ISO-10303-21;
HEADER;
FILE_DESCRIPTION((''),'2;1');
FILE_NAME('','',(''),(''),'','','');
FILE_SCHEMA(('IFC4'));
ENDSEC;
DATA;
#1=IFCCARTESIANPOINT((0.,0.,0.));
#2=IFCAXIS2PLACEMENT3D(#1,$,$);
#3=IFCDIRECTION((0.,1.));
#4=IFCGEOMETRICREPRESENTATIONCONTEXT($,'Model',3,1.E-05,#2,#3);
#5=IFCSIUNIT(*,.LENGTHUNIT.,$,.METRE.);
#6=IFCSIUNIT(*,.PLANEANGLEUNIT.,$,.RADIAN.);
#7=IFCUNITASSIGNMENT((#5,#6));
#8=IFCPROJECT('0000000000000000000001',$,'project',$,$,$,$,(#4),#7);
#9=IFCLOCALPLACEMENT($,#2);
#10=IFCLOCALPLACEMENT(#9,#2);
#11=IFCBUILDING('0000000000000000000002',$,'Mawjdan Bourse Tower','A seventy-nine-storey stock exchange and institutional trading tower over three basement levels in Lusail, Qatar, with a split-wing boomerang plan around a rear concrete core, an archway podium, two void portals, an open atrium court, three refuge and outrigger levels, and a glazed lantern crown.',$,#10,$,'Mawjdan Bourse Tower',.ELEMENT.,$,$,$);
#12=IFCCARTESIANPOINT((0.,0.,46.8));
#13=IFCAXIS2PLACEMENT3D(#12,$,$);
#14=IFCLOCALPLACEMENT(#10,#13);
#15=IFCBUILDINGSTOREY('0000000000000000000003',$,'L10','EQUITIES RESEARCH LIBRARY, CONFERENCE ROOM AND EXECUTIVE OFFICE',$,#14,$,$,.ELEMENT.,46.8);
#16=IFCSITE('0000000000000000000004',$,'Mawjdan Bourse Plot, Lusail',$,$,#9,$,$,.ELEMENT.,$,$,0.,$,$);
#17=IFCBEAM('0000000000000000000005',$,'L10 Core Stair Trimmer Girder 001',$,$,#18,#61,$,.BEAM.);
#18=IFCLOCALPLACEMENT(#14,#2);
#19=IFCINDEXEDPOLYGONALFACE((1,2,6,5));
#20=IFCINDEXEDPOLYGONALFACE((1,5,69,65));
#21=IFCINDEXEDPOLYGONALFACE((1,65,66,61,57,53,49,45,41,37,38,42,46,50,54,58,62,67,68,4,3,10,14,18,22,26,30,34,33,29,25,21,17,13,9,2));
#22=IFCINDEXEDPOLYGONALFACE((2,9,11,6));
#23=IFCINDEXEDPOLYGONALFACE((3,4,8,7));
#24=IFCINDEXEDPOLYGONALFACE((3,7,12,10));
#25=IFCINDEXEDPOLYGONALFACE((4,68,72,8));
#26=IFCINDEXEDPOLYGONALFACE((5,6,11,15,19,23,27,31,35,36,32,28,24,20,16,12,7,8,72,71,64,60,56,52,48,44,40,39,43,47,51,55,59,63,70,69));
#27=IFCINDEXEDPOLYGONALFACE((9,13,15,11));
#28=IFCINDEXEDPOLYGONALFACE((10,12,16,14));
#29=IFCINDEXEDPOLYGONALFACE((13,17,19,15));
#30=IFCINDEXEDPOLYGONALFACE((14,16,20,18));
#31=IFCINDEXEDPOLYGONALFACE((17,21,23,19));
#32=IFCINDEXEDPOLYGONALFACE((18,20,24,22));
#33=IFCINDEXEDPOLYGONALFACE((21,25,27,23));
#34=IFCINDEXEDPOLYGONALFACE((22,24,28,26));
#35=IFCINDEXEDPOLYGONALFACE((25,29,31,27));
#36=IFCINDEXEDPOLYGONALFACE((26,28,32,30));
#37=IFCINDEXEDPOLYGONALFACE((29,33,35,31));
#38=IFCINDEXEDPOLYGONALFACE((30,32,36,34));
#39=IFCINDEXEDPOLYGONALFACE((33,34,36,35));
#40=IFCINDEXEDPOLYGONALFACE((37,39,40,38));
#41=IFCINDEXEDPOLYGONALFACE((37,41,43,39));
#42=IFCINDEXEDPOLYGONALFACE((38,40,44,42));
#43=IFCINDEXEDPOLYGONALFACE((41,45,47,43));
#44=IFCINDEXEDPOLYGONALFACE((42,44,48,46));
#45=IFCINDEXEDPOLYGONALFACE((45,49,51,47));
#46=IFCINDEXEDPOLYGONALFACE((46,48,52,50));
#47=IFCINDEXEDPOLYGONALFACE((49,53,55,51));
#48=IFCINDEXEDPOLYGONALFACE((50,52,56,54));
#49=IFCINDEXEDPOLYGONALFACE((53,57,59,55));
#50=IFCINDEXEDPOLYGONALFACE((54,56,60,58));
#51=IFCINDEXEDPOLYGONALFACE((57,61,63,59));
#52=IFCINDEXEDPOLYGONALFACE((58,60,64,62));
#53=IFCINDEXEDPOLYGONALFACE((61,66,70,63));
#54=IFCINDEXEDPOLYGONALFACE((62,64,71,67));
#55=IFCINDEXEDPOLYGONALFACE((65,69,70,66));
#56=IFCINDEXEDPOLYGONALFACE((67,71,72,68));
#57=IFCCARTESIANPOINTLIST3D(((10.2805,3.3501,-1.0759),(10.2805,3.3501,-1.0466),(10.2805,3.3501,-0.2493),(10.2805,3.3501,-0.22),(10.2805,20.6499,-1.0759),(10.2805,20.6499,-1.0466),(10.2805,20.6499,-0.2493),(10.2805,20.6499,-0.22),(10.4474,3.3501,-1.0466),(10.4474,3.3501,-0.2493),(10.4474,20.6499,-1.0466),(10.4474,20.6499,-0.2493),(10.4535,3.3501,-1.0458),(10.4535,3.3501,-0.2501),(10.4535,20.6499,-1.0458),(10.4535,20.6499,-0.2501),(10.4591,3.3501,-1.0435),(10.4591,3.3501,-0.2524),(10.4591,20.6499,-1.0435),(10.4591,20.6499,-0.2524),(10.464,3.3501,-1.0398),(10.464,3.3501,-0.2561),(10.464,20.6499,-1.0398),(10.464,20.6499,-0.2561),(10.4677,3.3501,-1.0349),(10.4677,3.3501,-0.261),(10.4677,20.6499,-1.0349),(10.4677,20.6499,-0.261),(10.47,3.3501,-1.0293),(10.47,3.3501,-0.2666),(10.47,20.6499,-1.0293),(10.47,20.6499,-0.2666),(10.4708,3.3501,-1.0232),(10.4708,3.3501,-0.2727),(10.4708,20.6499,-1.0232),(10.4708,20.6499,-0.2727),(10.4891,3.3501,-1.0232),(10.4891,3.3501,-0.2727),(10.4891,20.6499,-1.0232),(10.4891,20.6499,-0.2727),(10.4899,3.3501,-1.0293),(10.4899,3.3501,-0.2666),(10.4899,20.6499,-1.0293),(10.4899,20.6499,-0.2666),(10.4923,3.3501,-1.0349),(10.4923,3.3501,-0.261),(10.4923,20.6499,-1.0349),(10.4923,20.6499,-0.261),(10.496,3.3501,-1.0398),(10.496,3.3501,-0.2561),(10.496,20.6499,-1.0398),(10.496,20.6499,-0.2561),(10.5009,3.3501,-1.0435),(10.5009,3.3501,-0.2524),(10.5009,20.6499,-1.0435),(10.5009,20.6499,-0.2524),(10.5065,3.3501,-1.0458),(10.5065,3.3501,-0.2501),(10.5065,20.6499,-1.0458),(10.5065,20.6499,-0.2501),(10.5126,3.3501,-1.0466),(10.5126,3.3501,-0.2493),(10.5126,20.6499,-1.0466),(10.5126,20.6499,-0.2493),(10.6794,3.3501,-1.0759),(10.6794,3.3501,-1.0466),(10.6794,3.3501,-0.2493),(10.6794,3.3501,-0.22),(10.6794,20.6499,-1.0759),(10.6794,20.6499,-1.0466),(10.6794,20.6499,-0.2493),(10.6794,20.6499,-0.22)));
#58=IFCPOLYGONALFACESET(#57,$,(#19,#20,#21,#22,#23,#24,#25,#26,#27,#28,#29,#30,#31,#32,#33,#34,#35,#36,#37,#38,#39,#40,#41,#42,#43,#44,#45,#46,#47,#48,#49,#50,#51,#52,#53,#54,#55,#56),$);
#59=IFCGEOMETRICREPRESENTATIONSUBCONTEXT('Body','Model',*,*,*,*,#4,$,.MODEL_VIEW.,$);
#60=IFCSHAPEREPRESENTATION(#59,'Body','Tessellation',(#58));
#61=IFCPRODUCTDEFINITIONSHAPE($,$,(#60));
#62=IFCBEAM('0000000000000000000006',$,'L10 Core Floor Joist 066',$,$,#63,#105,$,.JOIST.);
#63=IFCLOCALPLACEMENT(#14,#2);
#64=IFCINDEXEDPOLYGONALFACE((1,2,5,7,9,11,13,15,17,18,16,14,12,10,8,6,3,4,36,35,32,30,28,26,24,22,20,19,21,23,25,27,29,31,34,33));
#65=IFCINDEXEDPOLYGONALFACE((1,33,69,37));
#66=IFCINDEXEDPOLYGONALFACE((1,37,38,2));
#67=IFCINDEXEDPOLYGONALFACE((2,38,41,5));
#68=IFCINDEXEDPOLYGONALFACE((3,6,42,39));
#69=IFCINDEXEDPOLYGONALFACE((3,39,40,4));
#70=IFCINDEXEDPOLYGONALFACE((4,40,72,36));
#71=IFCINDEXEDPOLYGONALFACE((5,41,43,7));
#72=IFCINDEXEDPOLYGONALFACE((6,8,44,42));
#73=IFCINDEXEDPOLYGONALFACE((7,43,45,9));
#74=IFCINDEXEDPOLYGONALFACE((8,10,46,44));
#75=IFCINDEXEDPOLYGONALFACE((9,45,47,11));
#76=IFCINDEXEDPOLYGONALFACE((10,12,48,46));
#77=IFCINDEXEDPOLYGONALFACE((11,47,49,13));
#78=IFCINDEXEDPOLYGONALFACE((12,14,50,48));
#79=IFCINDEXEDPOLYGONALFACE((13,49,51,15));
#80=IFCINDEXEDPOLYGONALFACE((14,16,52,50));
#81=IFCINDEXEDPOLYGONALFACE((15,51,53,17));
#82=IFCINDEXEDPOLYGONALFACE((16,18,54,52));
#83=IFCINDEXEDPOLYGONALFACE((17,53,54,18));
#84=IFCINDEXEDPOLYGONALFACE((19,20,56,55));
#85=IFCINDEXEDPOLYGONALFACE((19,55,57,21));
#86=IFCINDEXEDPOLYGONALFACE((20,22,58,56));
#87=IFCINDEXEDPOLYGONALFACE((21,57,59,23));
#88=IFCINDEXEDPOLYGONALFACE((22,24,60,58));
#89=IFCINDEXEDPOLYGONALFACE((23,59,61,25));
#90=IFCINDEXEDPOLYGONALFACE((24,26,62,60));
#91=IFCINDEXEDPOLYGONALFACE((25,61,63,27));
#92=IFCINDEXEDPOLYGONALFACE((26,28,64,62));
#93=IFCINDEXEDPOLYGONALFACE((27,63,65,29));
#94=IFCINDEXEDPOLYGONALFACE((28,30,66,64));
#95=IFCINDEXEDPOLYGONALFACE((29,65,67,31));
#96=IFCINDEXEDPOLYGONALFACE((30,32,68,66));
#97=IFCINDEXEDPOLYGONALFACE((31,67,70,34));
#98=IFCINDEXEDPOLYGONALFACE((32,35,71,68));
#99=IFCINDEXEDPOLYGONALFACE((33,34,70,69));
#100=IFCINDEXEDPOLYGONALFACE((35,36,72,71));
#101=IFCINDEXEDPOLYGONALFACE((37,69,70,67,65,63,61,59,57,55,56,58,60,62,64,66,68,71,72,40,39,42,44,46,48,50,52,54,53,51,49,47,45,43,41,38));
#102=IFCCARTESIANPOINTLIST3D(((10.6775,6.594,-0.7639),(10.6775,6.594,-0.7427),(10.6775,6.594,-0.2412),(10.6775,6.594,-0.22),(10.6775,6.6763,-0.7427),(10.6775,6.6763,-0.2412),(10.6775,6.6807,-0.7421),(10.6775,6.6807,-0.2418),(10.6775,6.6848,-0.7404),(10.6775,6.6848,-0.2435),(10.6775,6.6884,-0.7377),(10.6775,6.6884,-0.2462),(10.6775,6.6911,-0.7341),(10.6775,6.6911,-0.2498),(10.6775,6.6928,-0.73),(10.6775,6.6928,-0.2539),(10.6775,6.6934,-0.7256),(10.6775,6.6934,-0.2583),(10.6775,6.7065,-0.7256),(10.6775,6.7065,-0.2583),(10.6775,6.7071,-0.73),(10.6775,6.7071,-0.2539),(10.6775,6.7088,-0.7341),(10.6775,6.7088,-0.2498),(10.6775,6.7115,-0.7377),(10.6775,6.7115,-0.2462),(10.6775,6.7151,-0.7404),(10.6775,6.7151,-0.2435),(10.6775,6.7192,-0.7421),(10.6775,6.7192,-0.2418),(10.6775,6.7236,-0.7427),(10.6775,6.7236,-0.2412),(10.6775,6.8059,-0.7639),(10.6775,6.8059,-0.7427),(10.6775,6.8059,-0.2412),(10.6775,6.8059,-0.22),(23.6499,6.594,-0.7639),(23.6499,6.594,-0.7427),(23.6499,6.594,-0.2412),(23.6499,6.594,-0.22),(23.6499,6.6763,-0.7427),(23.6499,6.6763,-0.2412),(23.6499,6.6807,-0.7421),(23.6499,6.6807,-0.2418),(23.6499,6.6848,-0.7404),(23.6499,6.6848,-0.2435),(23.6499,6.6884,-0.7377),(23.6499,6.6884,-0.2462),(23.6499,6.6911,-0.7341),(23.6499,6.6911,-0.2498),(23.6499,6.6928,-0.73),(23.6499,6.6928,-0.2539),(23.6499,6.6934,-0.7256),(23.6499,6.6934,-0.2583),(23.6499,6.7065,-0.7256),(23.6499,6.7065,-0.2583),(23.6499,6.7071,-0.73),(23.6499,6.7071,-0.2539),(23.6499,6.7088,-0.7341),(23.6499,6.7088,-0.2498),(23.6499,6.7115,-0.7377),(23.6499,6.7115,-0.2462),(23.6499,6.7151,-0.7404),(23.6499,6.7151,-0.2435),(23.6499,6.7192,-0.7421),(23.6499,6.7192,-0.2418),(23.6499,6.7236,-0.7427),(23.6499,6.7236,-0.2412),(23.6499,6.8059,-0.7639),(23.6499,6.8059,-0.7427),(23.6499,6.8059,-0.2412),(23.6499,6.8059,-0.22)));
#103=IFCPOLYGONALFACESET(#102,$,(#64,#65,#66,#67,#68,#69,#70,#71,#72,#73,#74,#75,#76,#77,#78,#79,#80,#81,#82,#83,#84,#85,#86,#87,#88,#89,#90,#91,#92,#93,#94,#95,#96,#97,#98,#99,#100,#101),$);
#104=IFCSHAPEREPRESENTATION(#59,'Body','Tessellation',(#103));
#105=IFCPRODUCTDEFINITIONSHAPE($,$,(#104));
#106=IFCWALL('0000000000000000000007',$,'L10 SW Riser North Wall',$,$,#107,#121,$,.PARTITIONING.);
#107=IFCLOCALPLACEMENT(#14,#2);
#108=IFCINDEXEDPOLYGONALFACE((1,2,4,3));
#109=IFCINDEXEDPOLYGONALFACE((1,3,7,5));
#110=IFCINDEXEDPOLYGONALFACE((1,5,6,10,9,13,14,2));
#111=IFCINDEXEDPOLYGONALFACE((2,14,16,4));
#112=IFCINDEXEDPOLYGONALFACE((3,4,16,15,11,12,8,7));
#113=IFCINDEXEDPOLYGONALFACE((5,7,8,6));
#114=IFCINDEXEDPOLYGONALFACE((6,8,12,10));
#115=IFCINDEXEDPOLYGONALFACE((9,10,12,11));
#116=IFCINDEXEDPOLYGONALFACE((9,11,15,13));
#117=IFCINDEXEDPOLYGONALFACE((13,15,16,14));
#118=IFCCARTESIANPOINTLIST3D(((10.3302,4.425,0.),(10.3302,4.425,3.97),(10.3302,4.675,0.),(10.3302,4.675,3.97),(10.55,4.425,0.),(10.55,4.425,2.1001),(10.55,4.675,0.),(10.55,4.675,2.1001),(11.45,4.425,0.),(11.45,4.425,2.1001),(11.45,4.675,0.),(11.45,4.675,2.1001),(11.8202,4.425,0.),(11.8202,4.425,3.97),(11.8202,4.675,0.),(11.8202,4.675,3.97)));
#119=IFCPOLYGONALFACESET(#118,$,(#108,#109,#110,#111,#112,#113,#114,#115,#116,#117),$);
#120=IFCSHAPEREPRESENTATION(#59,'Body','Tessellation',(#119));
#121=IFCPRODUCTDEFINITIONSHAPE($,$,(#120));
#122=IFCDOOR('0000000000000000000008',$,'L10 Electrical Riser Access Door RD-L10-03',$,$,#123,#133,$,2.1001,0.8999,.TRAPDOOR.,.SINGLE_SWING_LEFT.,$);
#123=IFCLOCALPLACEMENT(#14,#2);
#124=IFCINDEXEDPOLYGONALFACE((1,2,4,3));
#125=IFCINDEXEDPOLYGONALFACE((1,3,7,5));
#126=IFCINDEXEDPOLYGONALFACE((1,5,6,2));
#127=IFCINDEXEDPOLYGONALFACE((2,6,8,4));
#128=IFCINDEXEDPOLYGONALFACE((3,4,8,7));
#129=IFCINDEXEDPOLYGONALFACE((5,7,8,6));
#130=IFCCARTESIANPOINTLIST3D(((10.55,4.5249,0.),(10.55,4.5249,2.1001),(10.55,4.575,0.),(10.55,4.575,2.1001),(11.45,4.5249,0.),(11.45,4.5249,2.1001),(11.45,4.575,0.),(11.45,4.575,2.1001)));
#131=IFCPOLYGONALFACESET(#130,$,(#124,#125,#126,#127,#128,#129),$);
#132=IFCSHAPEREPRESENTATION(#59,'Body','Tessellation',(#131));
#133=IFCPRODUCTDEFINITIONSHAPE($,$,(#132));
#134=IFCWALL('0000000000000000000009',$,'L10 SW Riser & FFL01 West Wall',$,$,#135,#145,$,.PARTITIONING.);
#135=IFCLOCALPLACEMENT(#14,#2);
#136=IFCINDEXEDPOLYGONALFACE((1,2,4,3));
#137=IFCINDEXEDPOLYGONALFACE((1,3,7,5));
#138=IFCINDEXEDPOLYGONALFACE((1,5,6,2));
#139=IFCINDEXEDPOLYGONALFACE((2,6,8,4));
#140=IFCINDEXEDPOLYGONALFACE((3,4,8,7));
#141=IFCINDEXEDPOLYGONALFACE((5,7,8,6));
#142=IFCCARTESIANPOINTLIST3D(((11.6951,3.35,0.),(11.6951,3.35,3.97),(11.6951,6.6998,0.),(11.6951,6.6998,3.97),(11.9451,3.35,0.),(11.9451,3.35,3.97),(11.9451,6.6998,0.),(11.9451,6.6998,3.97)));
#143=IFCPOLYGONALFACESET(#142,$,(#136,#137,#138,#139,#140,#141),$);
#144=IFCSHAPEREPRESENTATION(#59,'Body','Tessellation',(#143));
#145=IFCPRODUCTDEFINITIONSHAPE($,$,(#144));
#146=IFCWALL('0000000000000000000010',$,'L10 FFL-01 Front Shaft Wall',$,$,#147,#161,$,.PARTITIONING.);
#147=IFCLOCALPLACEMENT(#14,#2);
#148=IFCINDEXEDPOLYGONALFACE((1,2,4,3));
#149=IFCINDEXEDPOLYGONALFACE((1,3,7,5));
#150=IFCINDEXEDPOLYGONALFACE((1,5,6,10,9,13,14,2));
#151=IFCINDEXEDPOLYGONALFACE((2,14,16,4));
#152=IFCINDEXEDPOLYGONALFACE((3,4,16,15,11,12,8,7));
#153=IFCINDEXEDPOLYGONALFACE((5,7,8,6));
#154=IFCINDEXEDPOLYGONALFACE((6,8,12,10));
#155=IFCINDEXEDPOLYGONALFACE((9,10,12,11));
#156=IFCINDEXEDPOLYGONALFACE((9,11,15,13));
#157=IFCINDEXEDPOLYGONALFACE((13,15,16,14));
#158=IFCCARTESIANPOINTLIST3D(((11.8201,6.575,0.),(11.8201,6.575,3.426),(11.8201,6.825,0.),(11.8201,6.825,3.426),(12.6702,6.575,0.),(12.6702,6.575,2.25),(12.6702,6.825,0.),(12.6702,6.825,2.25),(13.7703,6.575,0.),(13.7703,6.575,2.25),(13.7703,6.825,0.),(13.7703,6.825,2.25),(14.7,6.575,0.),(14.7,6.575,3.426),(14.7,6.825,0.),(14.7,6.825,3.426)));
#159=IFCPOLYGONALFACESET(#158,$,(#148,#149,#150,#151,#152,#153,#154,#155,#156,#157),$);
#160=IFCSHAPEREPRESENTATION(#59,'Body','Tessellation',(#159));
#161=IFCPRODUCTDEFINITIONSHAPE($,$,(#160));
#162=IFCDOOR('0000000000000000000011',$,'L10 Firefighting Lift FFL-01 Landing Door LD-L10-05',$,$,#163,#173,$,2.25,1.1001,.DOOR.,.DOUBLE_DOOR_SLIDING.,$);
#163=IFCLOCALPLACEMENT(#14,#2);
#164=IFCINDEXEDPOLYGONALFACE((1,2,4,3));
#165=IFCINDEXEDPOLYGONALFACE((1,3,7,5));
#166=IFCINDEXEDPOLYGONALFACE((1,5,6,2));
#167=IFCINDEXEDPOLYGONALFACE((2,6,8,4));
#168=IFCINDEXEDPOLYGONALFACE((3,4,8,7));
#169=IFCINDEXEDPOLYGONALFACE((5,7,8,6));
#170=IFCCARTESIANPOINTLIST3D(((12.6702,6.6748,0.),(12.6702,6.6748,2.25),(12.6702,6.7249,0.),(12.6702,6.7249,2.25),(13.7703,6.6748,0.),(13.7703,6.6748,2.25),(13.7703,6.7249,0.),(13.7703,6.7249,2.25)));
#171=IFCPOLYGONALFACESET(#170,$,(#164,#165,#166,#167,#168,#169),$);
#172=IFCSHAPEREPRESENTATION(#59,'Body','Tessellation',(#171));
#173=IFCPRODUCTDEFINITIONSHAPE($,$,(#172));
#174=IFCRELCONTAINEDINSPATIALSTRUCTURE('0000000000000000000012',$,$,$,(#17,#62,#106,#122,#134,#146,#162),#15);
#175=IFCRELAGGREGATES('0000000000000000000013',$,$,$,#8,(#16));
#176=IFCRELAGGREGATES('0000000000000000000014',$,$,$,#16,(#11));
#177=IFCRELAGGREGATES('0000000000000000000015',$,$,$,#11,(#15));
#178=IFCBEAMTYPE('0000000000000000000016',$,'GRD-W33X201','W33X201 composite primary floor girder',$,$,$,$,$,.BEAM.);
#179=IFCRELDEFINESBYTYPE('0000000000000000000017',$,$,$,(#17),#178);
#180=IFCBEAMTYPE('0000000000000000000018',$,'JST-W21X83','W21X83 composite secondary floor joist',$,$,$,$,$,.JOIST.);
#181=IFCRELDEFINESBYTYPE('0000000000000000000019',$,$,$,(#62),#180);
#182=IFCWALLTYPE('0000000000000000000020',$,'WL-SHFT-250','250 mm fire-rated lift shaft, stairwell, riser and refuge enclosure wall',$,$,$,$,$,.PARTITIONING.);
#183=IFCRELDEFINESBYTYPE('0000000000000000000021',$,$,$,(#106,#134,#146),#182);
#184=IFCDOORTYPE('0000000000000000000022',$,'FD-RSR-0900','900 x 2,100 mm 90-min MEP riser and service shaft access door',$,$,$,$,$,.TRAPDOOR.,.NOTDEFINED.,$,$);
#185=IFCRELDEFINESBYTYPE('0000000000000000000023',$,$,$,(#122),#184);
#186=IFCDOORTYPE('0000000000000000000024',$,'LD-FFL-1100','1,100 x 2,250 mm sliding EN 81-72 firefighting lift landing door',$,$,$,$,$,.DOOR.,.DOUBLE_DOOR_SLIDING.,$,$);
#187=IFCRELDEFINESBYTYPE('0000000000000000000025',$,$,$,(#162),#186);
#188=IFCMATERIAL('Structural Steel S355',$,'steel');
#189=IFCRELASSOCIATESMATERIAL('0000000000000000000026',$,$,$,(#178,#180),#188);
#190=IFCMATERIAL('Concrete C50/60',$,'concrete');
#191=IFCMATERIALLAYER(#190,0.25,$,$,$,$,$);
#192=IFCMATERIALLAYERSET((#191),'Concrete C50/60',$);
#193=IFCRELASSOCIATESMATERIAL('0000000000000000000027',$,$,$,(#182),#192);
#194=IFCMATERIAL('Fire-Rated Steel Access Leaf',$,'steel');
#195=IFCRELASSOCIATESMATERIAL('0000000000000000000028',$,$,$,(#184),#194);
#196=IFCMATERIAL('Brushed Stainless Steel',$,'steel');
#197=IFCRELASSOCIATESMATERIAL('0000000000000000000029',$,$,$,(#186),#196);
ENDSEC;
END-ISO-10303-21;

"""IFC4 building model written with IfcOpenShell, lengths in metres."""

from ifc_helpers import new_model, si_unit, direction, frame, frame_2d, origin, origin_2d, place, context, subcontext, project, spatial, rectangle, i_section, extrude, material, layer, layer_set, material_profile, profile_set, type_object, element, fill, save


model = new_model("IFC4")

# Units and contexts
model_context = context("Model", 3, precision=1e-05, world=origin(), true_north=direction((0.0, 1.0)))
body_context = subcontext(model_context, "Body", "Model", "MODEL_VIEW")
ifc_project = project(units=[si_unit("LENGTHUNIT", "METRE"), si_unit("PLANEANGLEUNIT", "RADIAN")], contexts=[model_context])

# Site, building, storey
site_placement = place(None, origin())
site = spatial("IfcSite", under=ifc_project, at=site_placement, Name="Mawjdan Bourse Plot, Lusail", CompositionType="ELEMENT", RefElevation=0.0)
building_placement = place(site_placement, origin())
building = spatial("IfcBuilding", under=site, at=building_placement, Name="Mawjdan Bourse Tower", Description="A seventy-nine-storey stock exchange and institutional trading tower over three basement levels in Lusail, Qatar, with a split-wing boomerang plan around a rear concrete core, an archway podium, two void portals, an open atrium court, three refuge and outrigger levels, and a glazed lantern crown.", LongName="Mawjdan Bourse Tower", CompositionType="ELEMENT")
storey_placement = place(building_placement, frame((0.0, 0.0, 46.8)))
storey = spatial("IfcBuildingStorey", under=building, at=storey_placement, Name="L10", Description="EQUITIES RESEARCH LIBRARY, CONFERENCE ROOM AND EXECUTIVE OFFICE", CompositionType="ELEMENT", Elevation=46.8)

# Beams
ifc_material_1 = material(Name="Structural Steel S355", Category="steel")
ifc_material_profile_1 = material_profile(ifc_material_1, i_section(OverallWidth=0.3989, OverallDepth=0.856, WebThickness=0.0183, FlangeThickness=0.0293, FilletRadius=0.0234, at=origin_2d()), Name="W33X201")
ifc_profile_set_1 = profile_set([ifc_material_profile_1], Name="Structural Steel S355")
beam_type_1 = type_object("IfcBeamType", Name="GRD-W33X201", Description="W33X201 composite primary floor girder", PredefinedType="BEAM", material=ifc_profile_set_1)
beam_1_placement = place(storey_placement, frame((10.48, 3.3501, -0.6479), z_axis=(0.0, 1.0, 0.0), x_axis=(-1.0, 0.0, 0.0)))
element("IfcBeam", 1, at=beam_1_placement, inside=storey, type_object=beam_type_1, Name="L10 Core Stair Trimmer Girder 001", PredefinedType="BEAM", context=body_context, shape_type="SweptSolid", body=[
    extrude(i_section(OverallWidth=0.3989, OverallDepth=0.856, WebThickness=0.0183, FlangeThickness=0.0293, FilletRadius=0.0234, at=origin_2d()), origin(), (0.0, 0.0, 1.0), 17.2998),
])
ifc_material_profile_2 = material_profile(ifc_material_1, i_section(OverallWidth=0.2119, OverallDepth=0.5439, WebThickness=0.0132, FlangeThickness=0.0212, FilletRadius=0.0171, at=origin_2d()), Name="W21X83")
ifc_profile_set_2 = profile_set([ifc_material_profile_2], Name="Structural Steel S355")
beam_type_2 = type_object("IfcBeamType", Name="JST-W21X83", Description="W21X83 composite secondary floor joist", PredefinedType="JOIST", material=ifc_profile_set_2)
beam_2_placement = place(storey_placement, frame((10.6775, 6.7, -0.4919), z_axis=(1.0, 0.0, 0.0), x_axis=(0.0, 1.0, 0.0)))
element("IfcBeam", 2, at=beam_2_placement, inside=storey, type_object=beam_type_2, Name="L10 Core Floor Joist 066", PredefinedType="JOIST", context=body_context, shape_type="SweptSolid", body=[
    extrude(i_section(OverallWidth=0.2119, OverallDepth=0.5439, WebThickness=0.0132, FlangeThickness=0.0212, FilletRadius=0.0171, at=origin_2d()), origin(), (0.0, 0.0, 1.0), 12.9724),
])

# Wall, opening, door
ifc_material_2 = material(Name="Concrete C50/60", Category="concrete")
ifc_layer_1 = layer(ifc_material_2, 0.25)
ifc_layer_set_1 = layer_set([ifc_layer_1], Name="Concrete C50/60")
wall_type_1 = type_object("IfcWallType", Name="WL-SHFT-250", Description="250 mm fire-rated lift shaft, stairwell, riser and refuge enclosure wall", PredefinedType="PARTITIONING", material=ifc_layer_set_1)
wall_1_placement = place(storey_placement, frame((10.3301, 4.55, 0.0), z_axis=(0.0, 0.0, 1.0), x_axis=(1.0, 0.0, 0.0)))
wall_1 = element("IfcWall", 3, at=wall_1_placement, inside=storey, type_object=wall_type_1, Name="L10 SW Riser North Wall", PredefinedType="PARTITIONING", context=body_context, shape_type="SweptSolid", body=[
    extrude(rectangle(XDim=1.49, YDim=0.25, at=frame_2d((0.7451, 0.0))), origin(), (0.0, 0.0, 1.0), 3.97),
])
opening_1_placement = place(wall_1_placement, frame((0.22, 0.0, 0.0)))
opening_1 = element("IfcOpeningElement", 4, at=opening_1_placement, cuts=wall_1, PredefinedType="OPENING", context=body_context, shape_type="SweptSolid", body=[
    extrude(rectangle(XDim=0.8999, YDim=2.1001, at=frame_2d((0.45, 1.05))), frame((0.0, 0.135, 0.0), z_axis=(0.0, -1.0, 0.0), x_axis=(1.0, 0.0, 0.0)), (0.0, 0.0, 1.0), 0.27),
])
ifc_material_3 = material(Name="Fire-Rated Steel Access Leaf", Category="steel")
door_type_1 = type_object("IfcDoorType", Name="FD-RSR-0900", Description="900 x 2,100 mm 90-min MEP riser and service shaft access door", OperationType="NOTDEFINED", PredefinedType="TRAPDOOR", material=ifc_material_3)
door_1_placement = place(opening_1_placement, origin())
door_1 = element("IfcDoor", 5, at=door_1_placement, inside=storey, type_object=door_type_1, Name="L10 Electrical Riser Access Door RD-L10-03", OperationType="SINGLE_SWING_LEFT", OverallHeight=2.1001, OverallWidth=0.8999, PredefinedType="TRAPDOOR", context=body_context, shape_type="SweptSolid", body=[
    extrude(rectangle(XDim=0.8999, YDim=2.1001, at=frame_2d((0.45, 1.05))), frame((0.0, 0.0249, 0.0), z_axis=(0.0, -1.0, 0.0), x_axis=(1.0, 0.0, 0.0)), (0.0, 0.0, 1.0), 0.05),
])
fill(opening_1, door_1)

# Wall
wall_2_placement = place(storey_placement, frame((11.8201, 3.3501, 0.0), z_axis=(0.0, 0.0, 1.0), x_axis=(0.0, 1.0, 0.0)))
element("IfcWall", 6, at=wall_2_placement, inside=storey, type_object=wall_type_1, Name="L10 SW Riser & FFL01 West Wall", PredefinedType="PARTITIONING", context=body_context, shape_type="SweptSolid", body=[
    extrude(rectangle(XDim=3.3499, YDim=0.25, at=frame_2d((1.6748, 0.0))), origin(), (0.0, 0.0, 1.0), 3.97),
])

# Wall, opening, door
wall_3_placement = place(storey_placement, frame((11.8201, 6.7, 0.0), z_axis=(0.0, 0.0, 1.0), x_axis=(1.0, 0.0, 0.0)))
wall_3 = element("IfcWall", 7, at=wall_3_placement, inside=storey, type_object=wall_type_1, Name="L10 FFL-01 Front Shaft Wall", PredefinedType="PARTITIONING", context=body_context, shape_type="SweptSolid", body=[
    extrude(rectangle(XDim=2.8799, YDim=0.25, at=frame_2d((1.4399, 0.0))), origin(), (0.0, 0.0, 1.0), 3.426),
])
opening_2_placement = place(wall_3_placement, frame((0.8501, 0.0, 0.0)))
opening_2 = element("IfcOpeningElement", 8, at=opening_2_placement, cuts=wall_3, PredefinedType="OPENING", context=body_context, shape_type="SweptSolid", body=[
    extrude(rectangle(XDim=1.1001, YDim=2.25, at=frame_2d((0.55, 1.125))), frame((0.0, 0.135, 0.0), z_axis=(0.0, -1.0, 0.0), x_axis=(1.0, 0.0, 0.0)), (0.0, 0.0, 1.0), 0.27),
])
ifc_material_4 = material(Name="Brushed Stainless Steel", Category="steel")
door_type_2 = type_object("IfcDoorType", Name="LD-FFL-1100", Description="1,100 x 2,250 mm sliding EN 81-72 firefighting lift landing door", OperationType="DOUBLE_DOOR_SLIDING", PredefinedType="DOOR", material=ifc_material_4)
door_2_placement = place(opening_2_placement, origin())
door_2 = element("IfcDoor", 9, at=door_2_placement, inside=storey, type_object=door_type_2, Name="L10 Firefighting Lift FFL-01 Landing Door LD-L10-05", OperationType="DOUBLE_DOOR_SLIDING", OverallHeight=2.25, OverallWidth=1.1001, PredefinedType="DOOR", context=body_context, shape_type="SweptSolid", body=[
    extrude(rectangle(XDim=1.1001, YDim=2.25, at=frame_2d((0.55, 1.125))), frame((0.0, 0.0249, 0.0), z_axis=(0.0, -1.0, 0.0), x_axis=(1.0, 0.0, 0.0)), (0.0, 0.0, 1.0), 0.05),
])
fill(opening_2, door_2)

save(model, "model.ifc")
